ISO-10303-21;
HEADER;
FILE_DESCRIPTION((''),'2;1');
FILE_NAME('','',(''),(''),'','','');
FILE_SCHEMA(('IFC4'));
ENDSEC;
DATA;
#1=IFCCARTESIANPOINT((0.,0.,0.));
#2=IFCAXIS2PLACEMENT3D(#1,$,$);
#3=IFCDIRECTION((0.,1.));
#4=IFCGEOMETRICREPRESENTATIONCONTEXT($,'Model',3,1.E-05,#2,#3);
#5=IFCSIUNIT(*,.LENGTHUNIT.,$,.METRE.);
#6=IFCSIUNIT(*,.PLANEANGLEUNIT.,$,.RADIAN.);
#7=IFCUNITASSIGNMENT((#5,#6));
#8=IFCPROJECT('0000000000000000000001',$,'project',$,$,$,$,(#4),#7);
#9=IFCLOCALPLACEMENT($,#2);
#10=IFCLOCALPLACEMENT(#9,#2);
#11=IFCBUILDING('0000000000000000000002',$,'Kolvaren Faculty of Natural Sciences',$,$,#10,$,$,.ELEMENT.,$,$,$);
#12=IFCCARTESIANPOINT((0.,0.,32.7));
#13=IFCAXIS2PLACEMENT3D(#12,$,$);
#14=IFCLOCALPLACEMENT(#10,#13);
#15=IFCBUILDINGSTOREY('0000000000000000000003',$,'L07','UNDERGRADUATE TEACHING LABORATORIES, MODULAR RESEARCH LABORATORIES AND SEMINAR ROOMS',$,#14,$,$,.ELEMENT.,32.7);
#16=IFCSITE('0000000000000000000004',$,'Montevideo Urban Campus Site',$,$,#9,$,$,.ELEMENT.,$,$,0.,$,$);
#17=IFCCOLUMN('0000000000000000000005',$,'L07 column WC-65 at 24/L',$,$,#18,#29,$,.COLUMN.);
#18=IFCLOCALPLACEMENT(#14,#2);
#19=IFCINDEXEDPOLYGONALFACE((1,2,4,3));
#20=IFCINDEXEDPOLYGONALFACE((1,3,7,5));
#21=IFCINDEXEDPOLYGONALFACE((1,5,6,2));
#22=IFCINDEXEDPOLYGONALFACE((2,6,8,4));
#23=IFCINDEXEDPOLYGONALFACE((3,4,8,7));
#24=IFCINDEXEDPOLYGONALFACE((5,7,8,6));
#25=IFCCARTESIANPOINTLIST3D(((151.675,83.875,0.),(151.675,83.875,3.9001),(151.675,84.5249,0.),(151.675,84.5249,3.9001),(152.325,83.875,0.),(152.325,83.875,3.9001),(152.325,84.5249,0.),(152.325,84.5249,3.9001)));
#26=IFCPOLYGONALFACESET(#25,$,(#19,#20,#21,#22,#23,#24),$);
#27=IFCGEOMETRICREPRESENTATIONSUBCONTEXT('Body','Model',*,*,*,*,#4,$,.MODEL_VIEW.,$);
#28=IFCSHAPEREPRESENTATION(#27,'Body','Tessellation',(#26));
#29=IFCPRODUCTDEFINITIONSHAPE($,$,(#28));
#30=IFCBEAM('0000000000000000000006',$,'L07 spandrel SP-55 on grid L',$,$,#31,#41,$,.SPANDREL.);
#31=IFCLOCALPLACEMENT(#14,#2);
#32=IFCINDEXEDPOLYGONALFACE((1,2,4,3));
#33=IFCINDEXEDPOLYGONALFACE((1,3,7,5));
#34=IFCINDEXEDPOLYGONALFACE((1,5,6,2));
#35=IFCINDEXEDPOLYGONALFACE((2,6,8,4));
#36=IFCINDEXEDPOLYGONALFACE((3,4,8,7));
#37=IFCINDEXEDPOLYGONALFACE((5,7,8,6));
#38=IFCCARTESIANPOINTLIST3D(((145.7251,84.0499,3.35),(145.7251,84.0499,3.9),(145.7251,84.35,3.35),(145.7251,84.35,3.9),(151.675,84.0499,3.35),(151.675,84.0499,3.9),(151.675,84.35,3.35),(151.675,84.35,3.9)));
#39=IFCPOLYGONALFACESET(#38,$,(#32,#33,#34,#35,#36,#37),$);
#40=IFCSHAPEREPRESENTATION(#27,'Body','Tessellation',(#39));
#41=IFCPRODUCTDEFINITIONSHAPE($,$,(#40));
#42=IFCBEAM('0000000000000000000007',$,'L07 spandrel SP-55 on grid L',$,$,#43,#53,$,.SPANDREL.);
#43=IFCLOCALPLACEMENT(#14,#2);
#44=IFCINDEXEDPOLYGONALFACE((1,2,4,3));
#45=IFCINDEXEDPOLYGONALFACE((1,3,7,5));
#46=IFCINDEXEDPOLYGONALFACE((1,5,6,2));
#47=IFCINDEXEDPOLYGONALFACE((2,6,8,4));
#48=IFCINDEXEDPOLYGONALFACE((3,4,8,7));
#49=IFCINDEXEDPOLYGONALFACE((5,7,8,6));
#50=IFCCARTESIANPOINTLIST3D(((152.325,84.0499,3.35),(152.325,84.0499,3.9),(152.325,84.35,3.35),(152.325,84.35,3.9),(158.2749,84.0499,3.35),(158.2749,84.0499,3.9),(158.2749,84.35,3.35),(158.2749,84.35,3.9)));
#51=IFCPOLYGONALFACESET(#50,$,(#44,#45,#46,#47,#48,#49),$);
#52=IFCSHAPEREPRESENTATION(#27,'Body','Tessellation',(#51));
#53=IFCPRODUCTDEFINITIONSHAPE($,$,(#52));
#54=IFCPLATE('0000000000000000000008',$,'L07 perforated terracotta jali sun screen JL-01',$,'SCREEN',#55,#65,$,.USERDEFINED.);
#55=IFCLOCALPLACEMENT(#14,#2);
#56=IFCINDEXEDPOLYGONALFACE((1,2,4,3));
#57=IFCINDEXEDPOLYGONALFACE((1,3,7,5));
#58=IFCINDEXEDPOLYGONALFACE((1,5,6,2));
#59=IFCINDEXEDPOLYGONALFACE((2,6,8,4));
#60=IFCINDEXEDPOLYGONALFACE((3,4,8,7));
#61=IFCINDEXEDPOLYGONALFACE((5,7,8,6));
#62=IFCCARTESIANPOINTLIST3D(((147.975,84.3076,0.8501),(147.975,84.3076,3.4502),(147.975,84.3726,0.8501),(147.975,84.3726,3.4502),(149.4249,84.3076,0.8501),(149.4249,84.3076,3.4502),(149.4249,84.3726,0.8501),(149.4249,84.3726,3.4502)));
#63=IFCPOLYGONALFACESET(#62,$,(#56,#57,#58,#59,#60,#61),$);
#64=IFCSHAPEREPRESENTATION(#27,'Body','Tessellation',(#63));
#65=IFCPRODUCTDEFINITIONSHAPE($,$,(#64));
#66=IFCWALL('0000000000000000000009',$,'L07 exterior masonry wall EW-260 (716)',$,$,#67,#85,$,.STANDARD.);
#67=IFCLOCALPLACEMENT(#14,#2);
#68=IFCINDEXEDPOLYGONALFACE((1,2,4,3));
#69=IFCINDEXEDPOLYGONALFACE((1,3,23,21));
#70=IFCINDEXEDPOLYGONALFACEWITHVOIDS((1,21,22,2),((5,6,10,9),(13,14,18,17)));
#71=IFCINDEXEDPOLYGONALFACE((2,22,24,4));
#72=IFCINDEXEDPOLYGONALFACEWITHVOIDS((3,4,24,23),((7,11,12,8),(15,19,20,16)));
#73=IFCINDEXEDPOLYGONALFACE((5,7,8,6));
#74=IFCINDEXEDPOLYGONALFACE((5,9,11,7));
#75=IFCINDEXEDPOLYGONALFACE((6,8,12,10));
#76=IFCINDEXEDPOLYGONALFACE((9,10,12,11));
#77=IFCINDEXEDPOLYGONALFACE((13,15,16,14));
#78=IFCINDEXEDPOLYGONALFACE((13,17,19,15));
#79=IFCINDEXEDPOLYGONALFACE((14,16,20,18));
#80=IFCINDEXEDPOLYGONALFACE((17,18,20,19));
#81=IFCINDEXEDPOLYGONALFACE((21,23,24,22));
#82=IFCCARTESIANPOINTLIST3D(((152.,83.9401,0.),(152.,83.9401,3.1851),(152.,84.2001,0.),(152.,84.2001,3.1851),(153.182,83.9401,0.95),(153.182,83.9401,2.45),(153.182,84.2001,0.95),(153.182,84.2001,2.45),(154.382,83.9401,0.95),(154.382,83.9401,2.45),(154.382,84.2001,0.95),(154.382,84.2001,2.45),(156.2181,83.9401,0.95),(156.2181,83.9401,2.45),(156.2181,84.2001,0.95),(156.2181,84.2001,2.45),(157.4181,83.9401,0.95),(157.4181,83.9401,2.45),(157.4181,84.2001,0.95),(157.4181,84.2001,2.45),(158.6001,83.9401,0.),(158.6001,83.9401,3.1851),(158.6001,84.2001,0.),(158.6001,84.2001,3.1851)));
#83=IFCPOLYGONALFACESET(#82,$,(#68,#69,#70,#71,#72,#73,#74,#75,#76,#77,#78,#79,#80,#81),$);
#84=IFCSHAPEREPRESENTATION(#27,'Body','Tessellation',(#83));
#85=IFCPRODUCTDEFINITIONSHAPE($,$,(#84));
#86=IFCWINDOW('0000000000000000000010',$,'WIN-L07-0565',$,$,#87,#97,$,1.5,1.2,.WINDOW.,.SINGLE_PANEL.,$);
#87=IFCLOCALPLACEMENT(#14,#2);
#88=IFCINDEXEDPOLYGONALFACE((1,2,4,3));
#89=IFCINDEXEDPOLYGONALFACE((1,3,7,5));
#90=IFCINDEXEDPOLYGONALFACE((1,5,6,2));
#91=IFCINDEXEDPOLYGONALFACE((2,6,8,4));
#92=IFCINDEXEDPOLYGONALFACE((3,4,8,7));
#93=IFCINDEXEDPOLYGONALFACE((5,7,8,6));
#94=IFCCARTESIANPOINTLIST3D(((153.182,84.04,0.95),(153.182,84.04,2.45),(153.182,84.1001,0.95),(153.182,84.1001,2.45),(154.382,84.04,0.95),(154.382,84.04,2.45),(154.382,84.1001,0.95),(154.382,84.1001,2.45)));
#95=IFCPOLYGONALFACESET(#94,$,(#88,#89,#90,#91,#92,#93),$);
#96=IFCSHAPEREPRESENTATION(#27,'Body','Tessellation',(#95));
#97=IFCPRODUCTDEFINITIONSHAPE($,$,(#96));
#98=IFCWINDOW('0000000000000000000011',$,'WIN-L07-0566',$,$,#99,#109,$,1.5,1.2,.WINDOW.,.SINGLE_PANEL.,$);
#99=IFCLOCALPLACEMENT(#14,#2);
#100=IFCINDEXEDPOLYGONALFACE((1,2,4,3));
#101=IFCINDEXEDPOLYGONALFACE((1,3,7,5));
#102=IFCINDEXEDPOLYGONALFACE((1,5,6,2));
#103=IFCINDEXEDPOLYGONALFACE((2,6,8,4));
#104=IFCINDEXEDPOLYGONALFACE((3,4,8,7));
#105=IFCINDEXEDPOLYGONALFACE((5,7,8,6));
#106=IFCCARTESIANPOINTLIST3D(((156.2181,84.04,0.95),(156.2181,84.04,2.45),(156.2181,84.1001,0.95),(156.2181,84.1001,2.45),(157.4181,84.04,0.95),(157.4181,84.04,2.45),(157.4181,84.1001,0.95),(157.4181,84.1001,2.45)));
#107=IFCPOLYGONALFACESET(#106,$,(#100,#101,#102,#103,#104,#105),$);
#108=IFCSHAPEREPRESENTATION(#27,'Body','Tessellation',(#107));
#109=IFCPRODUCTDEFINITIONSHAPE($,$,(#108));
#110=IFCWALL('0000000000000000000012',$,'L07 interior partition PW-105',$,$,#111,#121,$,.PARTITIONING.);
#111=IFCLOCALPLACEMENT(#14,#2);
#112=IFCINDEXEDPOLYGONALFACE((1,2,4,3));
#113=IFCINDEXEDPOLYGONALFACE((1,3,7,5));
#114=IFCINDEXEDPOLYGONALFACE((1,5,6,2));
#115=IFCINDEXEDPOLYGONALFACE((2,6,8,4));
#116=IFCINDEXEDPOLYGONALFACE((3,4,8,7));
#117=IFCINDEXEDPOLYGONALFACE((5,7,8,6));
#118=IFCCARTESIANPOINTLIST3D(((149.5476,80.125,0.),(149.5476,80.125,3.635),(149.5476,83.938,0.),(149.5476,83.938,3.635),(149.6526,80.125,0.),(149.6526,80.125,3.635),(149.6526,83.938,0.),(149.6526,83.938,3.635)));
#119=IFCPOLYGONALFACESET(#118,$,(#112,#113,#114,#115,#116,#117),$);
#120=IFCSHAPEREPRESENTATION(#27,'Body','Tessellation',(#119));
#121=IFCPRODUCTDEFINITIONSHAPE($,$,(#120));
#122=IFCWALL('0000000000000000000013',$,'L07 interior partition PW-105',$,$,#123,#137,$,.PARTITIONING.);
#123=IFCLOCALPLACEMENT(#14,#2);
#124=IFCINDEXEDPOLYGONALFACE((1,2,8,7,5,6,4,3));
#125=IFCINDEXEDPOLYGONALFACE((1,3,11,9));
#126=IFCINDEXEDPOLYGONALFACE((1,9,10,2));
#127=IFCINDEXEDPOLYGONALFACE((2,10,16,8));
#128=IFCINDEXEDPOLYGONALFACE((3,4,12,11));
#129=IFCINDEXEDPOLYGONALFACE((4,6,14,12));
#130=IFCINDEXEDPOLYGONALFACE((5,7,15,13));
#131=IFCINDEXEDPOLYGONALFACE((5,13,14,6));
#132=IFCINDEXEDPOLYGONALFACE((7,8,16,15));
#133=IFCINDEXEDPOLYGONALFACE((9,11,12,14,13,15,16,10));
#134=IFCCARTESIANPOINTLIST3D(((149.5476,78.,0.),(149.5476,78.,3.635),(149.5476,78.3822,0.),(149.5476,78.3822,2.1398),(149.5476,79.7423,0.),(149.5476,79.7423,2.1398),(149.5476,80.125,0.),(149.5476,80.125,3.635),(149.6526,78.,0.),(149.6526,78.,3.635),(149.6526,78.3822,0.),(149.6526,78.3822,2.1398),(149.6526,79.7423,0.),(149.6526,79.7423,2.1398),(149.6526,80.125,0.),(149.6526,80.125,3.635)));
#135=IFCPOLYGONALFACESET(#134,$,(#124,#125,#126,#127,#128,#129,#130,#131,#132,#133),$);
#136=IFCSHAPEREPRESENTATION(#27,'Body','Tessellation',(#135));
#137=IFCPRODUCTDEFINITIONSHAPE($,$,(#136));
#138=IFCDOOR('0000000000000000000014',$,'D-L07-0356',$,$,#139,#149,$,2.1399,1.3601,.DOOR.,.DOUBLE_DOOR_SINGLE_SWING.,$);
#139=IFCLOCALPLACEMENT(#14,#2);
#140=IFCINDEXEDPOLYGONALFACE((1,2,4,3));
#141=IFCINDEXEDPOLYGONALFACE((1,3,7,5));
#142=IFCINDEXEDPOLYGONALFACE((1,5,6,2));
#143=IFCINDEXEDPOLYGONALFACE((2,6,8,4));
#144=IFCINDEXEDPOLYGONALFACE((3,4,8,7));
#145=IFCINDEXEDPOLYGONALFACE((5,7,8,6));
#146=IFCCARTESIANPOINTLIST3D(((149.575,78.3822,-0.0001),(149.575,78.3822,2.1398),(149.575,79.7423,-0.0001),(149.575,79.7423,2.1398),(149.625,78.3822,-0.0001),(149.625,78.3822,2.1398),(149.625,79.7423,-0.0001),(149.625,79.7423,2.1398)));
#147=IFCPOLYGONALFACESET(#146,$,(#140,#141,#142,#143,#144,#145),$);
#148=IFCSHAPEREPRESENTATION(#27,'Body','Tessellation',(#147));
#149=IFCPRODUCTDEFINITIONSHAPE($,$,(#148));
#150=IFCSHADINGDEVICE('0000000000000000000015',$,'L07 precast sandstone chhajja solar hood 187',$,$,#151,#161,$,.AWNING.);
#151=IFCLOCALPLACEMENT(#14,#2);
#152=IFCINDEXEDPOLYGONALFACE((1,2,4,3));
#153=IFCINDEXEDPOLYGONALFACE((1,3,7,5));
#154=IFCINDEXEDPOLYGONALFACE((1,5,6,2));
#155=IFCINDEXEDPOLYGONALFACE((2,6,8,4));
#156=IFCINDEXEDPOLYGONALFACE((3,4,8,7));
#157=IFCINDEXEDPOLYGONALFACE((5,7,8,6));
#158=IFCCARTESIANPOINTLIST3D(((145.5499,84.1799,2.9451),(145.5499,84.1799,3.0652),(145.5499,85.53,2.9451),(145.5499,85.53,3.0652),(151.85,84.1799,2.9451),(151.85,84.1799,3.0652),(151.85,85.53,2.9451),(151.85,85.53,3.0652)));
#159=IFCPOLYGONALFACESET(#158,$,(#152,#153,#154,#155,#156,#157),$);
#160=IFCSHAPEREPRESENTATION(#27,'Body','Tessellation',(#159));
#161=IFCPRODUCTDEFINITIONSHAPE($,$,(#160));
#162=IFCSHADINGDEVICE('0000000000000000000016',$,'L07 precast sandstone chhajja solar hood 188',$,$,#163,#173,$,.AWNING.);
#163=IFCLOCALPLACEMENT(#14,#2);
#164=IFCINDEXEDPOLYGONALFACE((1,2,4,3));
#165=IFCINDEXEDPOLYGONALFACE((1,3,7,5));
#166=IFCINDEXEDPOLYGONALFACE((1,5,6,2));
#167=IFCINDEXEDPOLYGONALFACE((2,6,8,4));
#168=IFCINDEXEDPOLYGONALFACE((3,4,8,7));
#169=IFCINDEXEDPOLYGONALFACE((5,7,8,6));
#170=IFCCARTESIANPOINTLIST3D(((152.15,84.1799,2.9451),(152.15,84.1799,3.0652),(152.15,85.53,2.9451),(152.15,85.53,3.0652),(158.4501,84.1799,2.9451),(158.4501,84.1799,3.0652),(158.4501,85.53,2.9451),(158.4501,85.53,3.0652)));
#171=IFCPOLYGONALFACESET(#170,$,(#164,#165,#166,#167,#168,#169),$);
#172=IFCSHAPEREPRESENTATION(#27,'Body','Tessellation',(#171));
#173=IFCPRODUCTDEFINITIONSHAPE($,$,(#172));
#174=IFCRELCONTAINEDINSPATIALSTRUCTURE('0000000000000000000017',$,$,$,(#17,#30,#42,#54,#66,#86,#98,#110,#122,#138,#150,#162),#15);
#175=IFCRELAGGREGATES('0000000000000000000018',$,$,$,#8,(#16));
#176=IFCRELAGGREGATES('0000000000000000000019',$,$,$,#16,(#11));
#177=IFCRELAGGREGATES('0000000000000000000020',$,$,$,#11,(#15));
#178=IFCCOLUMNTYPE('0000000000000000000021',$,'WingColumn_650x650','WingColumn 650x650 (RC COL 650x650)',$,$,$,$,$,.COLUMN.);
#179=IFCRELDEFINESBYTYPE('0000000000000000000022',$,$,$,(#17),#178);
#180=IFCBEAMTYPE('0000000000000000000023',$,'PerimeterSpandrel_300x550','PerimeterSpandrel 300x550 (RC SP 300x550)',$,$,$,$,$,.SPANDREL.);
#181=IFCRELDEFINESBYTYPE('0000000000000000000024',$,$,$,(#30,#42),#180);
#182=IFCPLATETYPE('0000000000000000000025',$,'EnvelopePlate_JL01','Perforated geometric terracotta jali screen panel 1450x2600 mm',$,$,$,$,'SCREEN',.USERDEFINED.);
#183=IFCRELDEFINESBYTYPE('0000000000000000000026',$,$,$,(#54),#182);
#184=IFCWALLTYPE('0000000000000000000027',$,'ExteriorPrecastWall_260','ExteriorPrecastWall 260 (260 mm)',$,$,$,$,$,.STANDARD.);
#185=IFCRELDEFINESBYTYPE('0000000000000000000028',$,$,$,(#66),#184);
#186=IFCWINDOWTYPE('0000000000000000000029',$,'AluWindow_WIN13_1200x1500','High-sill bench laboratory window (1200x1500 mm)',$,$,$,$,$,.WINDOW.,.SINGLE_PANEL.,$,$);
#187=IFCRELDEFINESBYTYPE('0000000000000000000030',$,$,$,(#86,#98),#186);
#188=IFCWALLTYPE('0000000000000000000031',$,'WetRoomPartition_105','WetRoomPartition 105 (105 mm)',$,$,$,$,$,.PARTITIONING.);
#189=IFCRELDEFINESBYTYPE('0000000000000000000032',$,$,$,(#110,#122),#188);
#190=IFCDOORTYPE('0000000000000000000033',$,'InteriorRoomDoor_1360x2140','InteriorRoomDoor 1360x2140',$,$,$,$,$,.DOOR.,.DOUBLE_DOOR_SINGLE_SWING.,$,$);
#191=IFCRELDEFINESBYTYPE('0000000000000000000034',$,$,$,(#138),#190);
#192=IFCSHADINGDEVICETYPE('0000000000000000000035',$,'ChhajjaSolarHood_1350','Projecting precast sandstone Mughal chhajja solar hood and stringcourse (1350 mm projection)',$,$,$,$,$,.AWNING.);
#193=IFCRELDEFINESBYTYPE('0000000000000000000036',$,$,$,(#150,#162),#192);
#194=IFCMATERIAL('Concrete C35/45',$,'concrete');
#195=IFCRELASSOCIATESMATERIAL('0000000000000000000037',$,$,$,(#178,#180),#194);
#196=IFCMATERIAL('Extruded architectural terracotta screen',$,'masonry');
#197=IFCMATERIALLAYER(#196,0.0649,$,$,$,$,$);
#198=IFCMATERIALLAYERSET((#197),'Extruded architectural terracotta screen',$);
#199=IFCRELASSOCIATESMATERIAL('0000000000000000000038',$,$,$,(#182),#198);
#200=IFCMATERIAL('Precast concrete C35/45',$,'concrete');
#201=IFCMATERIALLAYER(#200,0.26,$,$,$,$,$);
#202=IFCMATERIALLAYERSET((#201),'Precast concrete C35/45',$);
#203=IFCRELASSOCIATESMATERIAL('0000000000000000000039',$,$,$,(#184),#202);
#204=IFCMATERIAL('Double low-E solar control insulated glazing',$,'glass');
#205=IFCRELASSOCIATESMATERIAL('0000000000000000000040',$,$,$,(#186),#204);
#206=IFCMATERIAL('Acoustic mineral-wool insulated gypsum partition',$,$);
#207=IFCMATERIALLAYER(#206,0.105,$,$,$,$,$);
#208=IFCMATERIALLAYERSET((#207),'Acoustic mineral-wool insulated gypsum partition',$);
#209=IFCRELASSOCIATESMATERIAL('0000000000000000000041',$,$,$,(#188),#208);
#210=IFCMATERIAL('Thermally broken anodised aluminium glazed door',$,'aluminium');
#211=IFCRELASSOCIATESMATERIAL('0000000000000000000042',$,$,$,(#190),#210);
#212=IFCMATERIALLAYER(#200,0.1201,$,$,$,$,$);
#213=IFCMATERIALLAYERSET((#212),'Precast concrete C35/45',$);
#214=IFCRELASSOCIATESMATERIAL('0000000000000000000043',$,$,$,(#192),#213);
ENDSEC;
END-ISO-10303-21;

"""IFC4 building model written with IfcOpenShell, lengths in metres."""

from ifc_helpers import new_model, si_unit, direction, frame, frame_2d, origin, origin_2d, place, context, subcontext, project, spatial, rectangle, extrude, material, layer, layer_set, material_profile, profile_set, type_object, element, fill, save


model = new_model("IFC4")

# Units and contexts
model_context = context("Model", 3, precision=1e-05, world=origin(), true_north=direction((0.0, 1.0)))
body_context = subcontext(model_context, "Body", "Model", "MODEL_VIEW")
ifc_project = project(units=[si_unit("LENGTHUNIT", "METRE"), si_unit("PLANEANGLEUNIT", "RADIAN")], contexts=[model_context])

# Site, building, storey
site_placement = place(None, origin())
site = spatial("IfcSite", under=ifc_project, at=site_placement, Name="Montevideo Urban Campus Site", CompositionType="ELEMENT", RefElevation=0.0)
building_placement = place(site_placement, origin())
building = spatial("IfcBuilding", under=site, at=building_placement, Name="Kolvaren Faculty of Natural Sciences", CompositionType="ELEMENT")
storey_placement = place(building_placement, frame((0.0, 0.0, 32.7)))
storey = spatial("IfcBuildingStorey", under=building, at=storey_placement, Name="L07", Description="UNDERGRADUATE TEACHING LABORATORIES, MODULAR RESEARCH LABORATORIES AND SEMINAR ROOMS", CompositionType="ELEMENT", Elevation=32.7)

# Column
ifc_material_1 = material(Name="Concrete C35/45", Category="concrete")
ifc_material_profile_1 = material_profile(ifc_material_1, rectangle(XDim=0.6499, YDim=0.6499, at=origin_2d()), Name="RC COL 650x650")
ifc_profile_set_1 = profile_set([ifc_material_profile_1], Name="Concrete C35/45")
column_type = type_object("IfcColumnType", Name="WingColumn_650x650", Description="WingColumn 650x650 (RC COL 650x650)", PredefinedType="COLUMN", material=ifc_profile_set_1)
column_placement = place(storey_placement, frame((152.0, 84.2, 0.0), z_axis=(0.0, 0.0, 1.0), x_axis=(1.0, 0.0, 0.0)))
element("IfcColumn", 1, at=column_placement, inside=storey, type_object=column_type, Name="L07 column WC-65 at 24/L", PredefinedType="COLUMN", context=body_context, shape_type="SweptSolid", body=[
    extrude(rectangle(XDim=0.6499, YDim=0.6499, at=origin_2d()), origin(), (0.0, 0.0, 1.0), 3.9001),
])

# Beams
ifc_material_profile_2 = material_profile(ifc_material_1, rectangle(XDim=0.3, YDim=0.55, at=origin_2d()), Name="RC SP 300x550")
ifc_profile_set_2 = profile_set([ifc_material_profile_2], Name="Concrete C35/45")
beam_type = type_object("IfcBeamType", Name="PerimeterSpandrel_300x550", Description="PerimeterSpandrel 300x550 (RC SP 300x550)", PredefinedType="SPANDREL", material=ifc_profile_set_2)
for number, where, z_axis, x_axis, name in (
    (2, (145.7251, 84.2, 3.625), (1.0, 0.0, 0.0), (0.0, 1.0, 0.0), "L07 spandrel SP-55 on grid L"),
    (3, (152.325, 84.2, 3.625), (1.0, 0.0, 0.0), (0.0, 1.0, 0.0), "L07 spandrel SP-55 on grid L"),
):
    element("IfcBeam", number, at=place(storey_placement, frame(where, z_axis=z_axis, x_axis=x_axis)), inside=storey, type_object=beam_type, Name=name, PredefinedType="SPANDREL", context=body_context, shape_type="SweptSolid", body=[
        extrude(rectangle(XDim=0.3, YDim=0.55, at=origin_2d()), origin(), (0.0, 0.0, 1.0), 5.95),
    ])

# Plate
ifc_material_2 = material(Name="Extruded architectural terracotta screen", Category="masonry")
ifc_layer_1 = layer(ifc_material_2, 0.0649)
ifc_layer_set_1 = layer_set([ifc_layer_1], Name="Extruded architectural terracotta screen")
plate_type = type_object("IfcPlateType", Name="EnvelopePlate_JL01", Description="Perforated geometric terracotta jali screen panel 1450x2600 mm", ElementType="SCREEN", PredefinedType="USERDEFINED", material=ifc_layer_set_1)
plate_placement = place(storey_placement, frame((148.7, 84.3401, 0.8501), z_axis=(0.0, 0.0, 1.0), x_axis=(1.0, 0.0, 0.0)))
element("IfcPlate", 4, at=plate_placement, inside=storey, type_object=plate_type, Name="L07 perforated terracotta jali sun screen JL-01", ObjectType="SCREEN", PredefinedType="USERDEFINED", context=body_context, shape_type="SweptSolid", body=[
    extrude(rectangle(XDim=1.45, YDim=0.0649, at=origin_2d()), origin(), (0.0, 0.0, 1.0), 2.6001),
])

# Wall, openings, windows
ifc_material_3 = material(Name="Precast concrete C35/45", Category="concrete")
ifc_layer_2 = layer(ifc_material_3, 0.26)
ifc_layer_set_2 = layer_set([ifc_layer_2], Name="Precast concrete C35/45")
wall_type_1 = type_object("IfcWallType", Name="ExteriorPrecastWall_260", Description="ExteriorPrecastWall 260 (260 mm)", PredefinedType="STANDARD", material=ifc_layer_set_2)
wall_1_placement = place(storey_placement, frame((152.0, 84.0701, 0.0), z_axis=(0.0, 0.0, 1.0), x_axis=(1.0, 0.0, 0.0)))
wall_1 = element("IfcWall", 5, at=wall_1_placement, inside=storey, type_object=wall_type_1, Name="L07 exterior masonry wall EW-260 (716)", PredefinedType="STANDARD", context=body_context, shape_type="SweptSolid", body=[
    extrude(rectangle(XDim=6.6001, YDim=0.26, at=frame_2d((3.3, 0.0))), origin(), (0.0, 0.0, 1.0), 3.1851),
])
opening_1_placement = place(wall_1_placement, frame((1.1819, 0.0, 0.95)))
opening_1 = element("IfcOpeningElement", 6, at=opening_1_placement, cuts=wall_1, PredefinedType="OPENING", context=body_context, shape_type="SweptSolid", body=[
    extrude(rectangle(XDim=1.2, YDim=1.5, at=frame_2d((0.6001, 0.75))), frame((0.0, 0.1399, 0.0), z_axis=(0.0, -1.0, 0.0), x_axis=(1.0, 0.0, 0.0)), (0.0, 0.0, 1.0), 0.28),
])
opening_2_placement = place(wall_1_placement, frame((4.218, 0.0, 0.95)))
opening_2 = element("IfcOpeningElement", 7, at=opening_2_placement, cuts=wall_1, PredefinedType="OPENING", context=body_context, shape_type="SweptSolid", body=[
    extrude(rectangle(XDim=1.2, YDim=1.5, at=frame_2d((0.6001, 0.75))), frame((0.0, 0.1399, 0.0), z_axis=(0.0, -1.0, 0.0), x_axis=(1.0, 0.0, 0.0)), (0.0, 0.0, 1.0), 0.28),
])
ifc_material_4 = material(Name="Double low-E solar control insulated glazing", Category="glass")
window_type = type_object("IfcWindowType", Name="AluWindow_WIN13_1200x1500", Description="High-sill bench laboratory window (1200x1500 mm)", PartitioningType="SINGLE_PANEL", PredefinedType="WINDOW", material=ifc_material_4)
window_1_placement = place(opening_1_placement, origin())
window_1 = element("IfcWindow", 8, at=window_1_placement, inside=storey, type_object=window_type, Name="WIN-L07-0565", OverallHeight=1.5, OverallWidth=1.2, PartitioningType="SINGLE_PANEL", PredefinedType="WINDOW", context=body_context, shape_type="SweptSolid", body=[
    extrude(rectangle(XDim=1.2, YDim=1.5, at=frame_2d((0.6001, 0.75))), frame((0.0, 0.03, 0.0), z_axis=(0.0, -1.0, 0.0), x_axis=(1.0, 0.0, 0.0)), (0.0, 0.0, 1.0), 0.0601),
])
fill(opening_1, window_1)
window_2_placement = place(opening_2_placement, origin())
window_2 = element("IfcWindow", 9, at=window_2_placement, inside=storey, type_object=window_type, Name="WIN-L07-0566", OverallHeight=1.5, OverallWidth=1.2, PartitioningType="SINGLE_PANEL", PredefinedType="WINDOW", context=body_context, shape_type="SweptSolid", body=[
    extrude(rectangle(XDim=1.2, YDim=1.5, at=frame_2d((0.6001, 0.75))), frame((0.0, 0.03, 0.0), z_axis=(0.0, -1.0, 0.0), x_axis=(1.0, 0.0, 0.0)), (0.0, 0.0, 1.0), 0.0601),
])
fill(opening_2, window_2)

# Wall
ifc_material_5 = material(Name="Acoustic mineral-wool insulated gypsum partition")
ifc_layer_3 = layer(ifc_material_5, 0.105)
ifc_layer_set_3 = layer_set([ifc_layer_3], Name="Acoustic mineral-wool insulated gypsum partition")
wall_type_2 = type_object("IfcWallType", Name="WetRoomPartition_105", Description="WetRoomPartition 105 (105 mm)", PredefinedType="PARTITIONING", material=ifc_layer_set_3)
wall_2_placement = place(storey_placement, frame((149.6001, 83.938, 0.0), z_axis=(0.0, 0.0, 1.0), x_axis=(0.0, -1.0, 0.0)))
element("IfcWall", 10, at=wall_2_placement, inside=storey, type_object=wall_type_2, Name="L07 interior partition PW-105", PredefinedType="PARTITIONING", context=body_context, shape_type="SweptSolid", body=[
    extrude(rectangle(XDim=3.813, YDim=0.105, at=frame_2d((1.9065, 0.0))), origin(), (0.0, 0.0, 1.0), 3.635),
])

# Wall, opening, door
wall_3_placement = place(storey_placement, frame((149.6001, 80.125, 0.0), z_axis=(0.0, 0.0, 1.0), x_axis=(0.0, -1.0, 0.0)))
wall_3 = element("IfcWall", 11, at=wall_3_placement, inside=storey, type_object=wall_type_2, Name="L07 interior partition PW-105", PredefinedType="PARTITIONING", context=body_context, shape_type="SweptSolid", body=[
    extrude(rectangle(XDim=2.125, YDim=0.105, at=frame_2d((1.0625, 0.0))), origin(), (0.0, 0.0, 1.0), 3.635),
])
opening_3_placement = place(wall_3_placement, frame((0.3826, 0.0, 0.0)))
opening_3 = element("IfcOpeningElement", 12, at=opening_3_placement, cuts=wall_3, PredefinedType="OPENING", context=body_context, shape_type="SweptSolid", body=[
    extrude(rectangle(XDim=1.3601, YDim=2.1399, at=frame_2d((0.6802, 1.0698))), frame((0.0, 0.0625, 0.0), z_axis=(0.0, -1.0, 0.0), x_axis=(1.0, 0.0, 0.0)), (0.0, 0.0, 1.0), 0.125),
])
ifc_material_6 = material(Name="Thermally broken anodised aluminium glazed door", Category="aluminium")
door_type = type_object("IfcDoorType", Name="InteriorRoomDoor_1360x2140", Description="InteriorRoomDoor 1360x2140", OperationType="DOUBLE_DOOR_SINGLE_SWING", PredefinedType="DOOR", material=ifc_material_6)
door_placement = place(opening_3_placement, origin())
door = element("IfcDoor", 13, at=door_placement, inside=storey, type_object=door_type, Name="D-L07-0356", OperationType="DOUBLE_DOOR_SINGLE_SWING", OverallHeight=2.1399, OverallWidth=1.3601, PredefinedType="DOOR", context=body_context, shape_type="SweptSolid", body=[
    extrude(rectangle(XDim=1.3601, YDim=2.1399, at=frame_2d((0.6802, 1.0698))), frame((0.0, 0.0249, 0.0), z_axis=(0.0, -1.0, 0.0), x_axis=(1.0, 0.0, 0.0)), (0.0, 0.0, 1.0), 0.05),
])
fill(opening_3, door)

# Shading devices
ifc_layer_4 = layer(ifc_material_3, 0.1201)
ifc_layer_set_4 = layer_set([ifc_layer_4], Name="Precast concrete C35/45")
shading_device_type = type_object("IfcShadingDeviceType", Name="ChhajjaSolarHood_1350", Description="Projecting precast sandstone Mughal chhajja solar hood and stringcourse (1350 mm projection)", PredefinedType="AWNING", material=ifc_layer_set_4)
for number, where, z_axis, x_axis, name in (
    (14, (148.7, 84.855, 2.9451), (0.0, 0.0, 1.0), (1.0, 0.0, 0.0), "L07 precast sandstone chhajja solar hood 187"),
    (15, (155.3, 84.855, 2.9451), (0.0, 0.0, 1.0), (1.0, 0.0, 0.0), "L07 precast sandstone chhajja solar hood 188"),
):
    element("IfcShadingDevice", number, at=place(storey_placement, frame(where, z_axis=z_axis, x_axis=x_axis)), inside=storey, type_object=shading_device_type, Name=name, PredefinedType="AWNING", context=body_context, shape_type="SweptSolid", body=[
        extrude(rectangle(XDim=6.3, YDim=1.3501, at=origin_2d()), origin(), (0.0, 0.0, 1.0), 0.1201),
    ])

save(model, "model.ifc")
